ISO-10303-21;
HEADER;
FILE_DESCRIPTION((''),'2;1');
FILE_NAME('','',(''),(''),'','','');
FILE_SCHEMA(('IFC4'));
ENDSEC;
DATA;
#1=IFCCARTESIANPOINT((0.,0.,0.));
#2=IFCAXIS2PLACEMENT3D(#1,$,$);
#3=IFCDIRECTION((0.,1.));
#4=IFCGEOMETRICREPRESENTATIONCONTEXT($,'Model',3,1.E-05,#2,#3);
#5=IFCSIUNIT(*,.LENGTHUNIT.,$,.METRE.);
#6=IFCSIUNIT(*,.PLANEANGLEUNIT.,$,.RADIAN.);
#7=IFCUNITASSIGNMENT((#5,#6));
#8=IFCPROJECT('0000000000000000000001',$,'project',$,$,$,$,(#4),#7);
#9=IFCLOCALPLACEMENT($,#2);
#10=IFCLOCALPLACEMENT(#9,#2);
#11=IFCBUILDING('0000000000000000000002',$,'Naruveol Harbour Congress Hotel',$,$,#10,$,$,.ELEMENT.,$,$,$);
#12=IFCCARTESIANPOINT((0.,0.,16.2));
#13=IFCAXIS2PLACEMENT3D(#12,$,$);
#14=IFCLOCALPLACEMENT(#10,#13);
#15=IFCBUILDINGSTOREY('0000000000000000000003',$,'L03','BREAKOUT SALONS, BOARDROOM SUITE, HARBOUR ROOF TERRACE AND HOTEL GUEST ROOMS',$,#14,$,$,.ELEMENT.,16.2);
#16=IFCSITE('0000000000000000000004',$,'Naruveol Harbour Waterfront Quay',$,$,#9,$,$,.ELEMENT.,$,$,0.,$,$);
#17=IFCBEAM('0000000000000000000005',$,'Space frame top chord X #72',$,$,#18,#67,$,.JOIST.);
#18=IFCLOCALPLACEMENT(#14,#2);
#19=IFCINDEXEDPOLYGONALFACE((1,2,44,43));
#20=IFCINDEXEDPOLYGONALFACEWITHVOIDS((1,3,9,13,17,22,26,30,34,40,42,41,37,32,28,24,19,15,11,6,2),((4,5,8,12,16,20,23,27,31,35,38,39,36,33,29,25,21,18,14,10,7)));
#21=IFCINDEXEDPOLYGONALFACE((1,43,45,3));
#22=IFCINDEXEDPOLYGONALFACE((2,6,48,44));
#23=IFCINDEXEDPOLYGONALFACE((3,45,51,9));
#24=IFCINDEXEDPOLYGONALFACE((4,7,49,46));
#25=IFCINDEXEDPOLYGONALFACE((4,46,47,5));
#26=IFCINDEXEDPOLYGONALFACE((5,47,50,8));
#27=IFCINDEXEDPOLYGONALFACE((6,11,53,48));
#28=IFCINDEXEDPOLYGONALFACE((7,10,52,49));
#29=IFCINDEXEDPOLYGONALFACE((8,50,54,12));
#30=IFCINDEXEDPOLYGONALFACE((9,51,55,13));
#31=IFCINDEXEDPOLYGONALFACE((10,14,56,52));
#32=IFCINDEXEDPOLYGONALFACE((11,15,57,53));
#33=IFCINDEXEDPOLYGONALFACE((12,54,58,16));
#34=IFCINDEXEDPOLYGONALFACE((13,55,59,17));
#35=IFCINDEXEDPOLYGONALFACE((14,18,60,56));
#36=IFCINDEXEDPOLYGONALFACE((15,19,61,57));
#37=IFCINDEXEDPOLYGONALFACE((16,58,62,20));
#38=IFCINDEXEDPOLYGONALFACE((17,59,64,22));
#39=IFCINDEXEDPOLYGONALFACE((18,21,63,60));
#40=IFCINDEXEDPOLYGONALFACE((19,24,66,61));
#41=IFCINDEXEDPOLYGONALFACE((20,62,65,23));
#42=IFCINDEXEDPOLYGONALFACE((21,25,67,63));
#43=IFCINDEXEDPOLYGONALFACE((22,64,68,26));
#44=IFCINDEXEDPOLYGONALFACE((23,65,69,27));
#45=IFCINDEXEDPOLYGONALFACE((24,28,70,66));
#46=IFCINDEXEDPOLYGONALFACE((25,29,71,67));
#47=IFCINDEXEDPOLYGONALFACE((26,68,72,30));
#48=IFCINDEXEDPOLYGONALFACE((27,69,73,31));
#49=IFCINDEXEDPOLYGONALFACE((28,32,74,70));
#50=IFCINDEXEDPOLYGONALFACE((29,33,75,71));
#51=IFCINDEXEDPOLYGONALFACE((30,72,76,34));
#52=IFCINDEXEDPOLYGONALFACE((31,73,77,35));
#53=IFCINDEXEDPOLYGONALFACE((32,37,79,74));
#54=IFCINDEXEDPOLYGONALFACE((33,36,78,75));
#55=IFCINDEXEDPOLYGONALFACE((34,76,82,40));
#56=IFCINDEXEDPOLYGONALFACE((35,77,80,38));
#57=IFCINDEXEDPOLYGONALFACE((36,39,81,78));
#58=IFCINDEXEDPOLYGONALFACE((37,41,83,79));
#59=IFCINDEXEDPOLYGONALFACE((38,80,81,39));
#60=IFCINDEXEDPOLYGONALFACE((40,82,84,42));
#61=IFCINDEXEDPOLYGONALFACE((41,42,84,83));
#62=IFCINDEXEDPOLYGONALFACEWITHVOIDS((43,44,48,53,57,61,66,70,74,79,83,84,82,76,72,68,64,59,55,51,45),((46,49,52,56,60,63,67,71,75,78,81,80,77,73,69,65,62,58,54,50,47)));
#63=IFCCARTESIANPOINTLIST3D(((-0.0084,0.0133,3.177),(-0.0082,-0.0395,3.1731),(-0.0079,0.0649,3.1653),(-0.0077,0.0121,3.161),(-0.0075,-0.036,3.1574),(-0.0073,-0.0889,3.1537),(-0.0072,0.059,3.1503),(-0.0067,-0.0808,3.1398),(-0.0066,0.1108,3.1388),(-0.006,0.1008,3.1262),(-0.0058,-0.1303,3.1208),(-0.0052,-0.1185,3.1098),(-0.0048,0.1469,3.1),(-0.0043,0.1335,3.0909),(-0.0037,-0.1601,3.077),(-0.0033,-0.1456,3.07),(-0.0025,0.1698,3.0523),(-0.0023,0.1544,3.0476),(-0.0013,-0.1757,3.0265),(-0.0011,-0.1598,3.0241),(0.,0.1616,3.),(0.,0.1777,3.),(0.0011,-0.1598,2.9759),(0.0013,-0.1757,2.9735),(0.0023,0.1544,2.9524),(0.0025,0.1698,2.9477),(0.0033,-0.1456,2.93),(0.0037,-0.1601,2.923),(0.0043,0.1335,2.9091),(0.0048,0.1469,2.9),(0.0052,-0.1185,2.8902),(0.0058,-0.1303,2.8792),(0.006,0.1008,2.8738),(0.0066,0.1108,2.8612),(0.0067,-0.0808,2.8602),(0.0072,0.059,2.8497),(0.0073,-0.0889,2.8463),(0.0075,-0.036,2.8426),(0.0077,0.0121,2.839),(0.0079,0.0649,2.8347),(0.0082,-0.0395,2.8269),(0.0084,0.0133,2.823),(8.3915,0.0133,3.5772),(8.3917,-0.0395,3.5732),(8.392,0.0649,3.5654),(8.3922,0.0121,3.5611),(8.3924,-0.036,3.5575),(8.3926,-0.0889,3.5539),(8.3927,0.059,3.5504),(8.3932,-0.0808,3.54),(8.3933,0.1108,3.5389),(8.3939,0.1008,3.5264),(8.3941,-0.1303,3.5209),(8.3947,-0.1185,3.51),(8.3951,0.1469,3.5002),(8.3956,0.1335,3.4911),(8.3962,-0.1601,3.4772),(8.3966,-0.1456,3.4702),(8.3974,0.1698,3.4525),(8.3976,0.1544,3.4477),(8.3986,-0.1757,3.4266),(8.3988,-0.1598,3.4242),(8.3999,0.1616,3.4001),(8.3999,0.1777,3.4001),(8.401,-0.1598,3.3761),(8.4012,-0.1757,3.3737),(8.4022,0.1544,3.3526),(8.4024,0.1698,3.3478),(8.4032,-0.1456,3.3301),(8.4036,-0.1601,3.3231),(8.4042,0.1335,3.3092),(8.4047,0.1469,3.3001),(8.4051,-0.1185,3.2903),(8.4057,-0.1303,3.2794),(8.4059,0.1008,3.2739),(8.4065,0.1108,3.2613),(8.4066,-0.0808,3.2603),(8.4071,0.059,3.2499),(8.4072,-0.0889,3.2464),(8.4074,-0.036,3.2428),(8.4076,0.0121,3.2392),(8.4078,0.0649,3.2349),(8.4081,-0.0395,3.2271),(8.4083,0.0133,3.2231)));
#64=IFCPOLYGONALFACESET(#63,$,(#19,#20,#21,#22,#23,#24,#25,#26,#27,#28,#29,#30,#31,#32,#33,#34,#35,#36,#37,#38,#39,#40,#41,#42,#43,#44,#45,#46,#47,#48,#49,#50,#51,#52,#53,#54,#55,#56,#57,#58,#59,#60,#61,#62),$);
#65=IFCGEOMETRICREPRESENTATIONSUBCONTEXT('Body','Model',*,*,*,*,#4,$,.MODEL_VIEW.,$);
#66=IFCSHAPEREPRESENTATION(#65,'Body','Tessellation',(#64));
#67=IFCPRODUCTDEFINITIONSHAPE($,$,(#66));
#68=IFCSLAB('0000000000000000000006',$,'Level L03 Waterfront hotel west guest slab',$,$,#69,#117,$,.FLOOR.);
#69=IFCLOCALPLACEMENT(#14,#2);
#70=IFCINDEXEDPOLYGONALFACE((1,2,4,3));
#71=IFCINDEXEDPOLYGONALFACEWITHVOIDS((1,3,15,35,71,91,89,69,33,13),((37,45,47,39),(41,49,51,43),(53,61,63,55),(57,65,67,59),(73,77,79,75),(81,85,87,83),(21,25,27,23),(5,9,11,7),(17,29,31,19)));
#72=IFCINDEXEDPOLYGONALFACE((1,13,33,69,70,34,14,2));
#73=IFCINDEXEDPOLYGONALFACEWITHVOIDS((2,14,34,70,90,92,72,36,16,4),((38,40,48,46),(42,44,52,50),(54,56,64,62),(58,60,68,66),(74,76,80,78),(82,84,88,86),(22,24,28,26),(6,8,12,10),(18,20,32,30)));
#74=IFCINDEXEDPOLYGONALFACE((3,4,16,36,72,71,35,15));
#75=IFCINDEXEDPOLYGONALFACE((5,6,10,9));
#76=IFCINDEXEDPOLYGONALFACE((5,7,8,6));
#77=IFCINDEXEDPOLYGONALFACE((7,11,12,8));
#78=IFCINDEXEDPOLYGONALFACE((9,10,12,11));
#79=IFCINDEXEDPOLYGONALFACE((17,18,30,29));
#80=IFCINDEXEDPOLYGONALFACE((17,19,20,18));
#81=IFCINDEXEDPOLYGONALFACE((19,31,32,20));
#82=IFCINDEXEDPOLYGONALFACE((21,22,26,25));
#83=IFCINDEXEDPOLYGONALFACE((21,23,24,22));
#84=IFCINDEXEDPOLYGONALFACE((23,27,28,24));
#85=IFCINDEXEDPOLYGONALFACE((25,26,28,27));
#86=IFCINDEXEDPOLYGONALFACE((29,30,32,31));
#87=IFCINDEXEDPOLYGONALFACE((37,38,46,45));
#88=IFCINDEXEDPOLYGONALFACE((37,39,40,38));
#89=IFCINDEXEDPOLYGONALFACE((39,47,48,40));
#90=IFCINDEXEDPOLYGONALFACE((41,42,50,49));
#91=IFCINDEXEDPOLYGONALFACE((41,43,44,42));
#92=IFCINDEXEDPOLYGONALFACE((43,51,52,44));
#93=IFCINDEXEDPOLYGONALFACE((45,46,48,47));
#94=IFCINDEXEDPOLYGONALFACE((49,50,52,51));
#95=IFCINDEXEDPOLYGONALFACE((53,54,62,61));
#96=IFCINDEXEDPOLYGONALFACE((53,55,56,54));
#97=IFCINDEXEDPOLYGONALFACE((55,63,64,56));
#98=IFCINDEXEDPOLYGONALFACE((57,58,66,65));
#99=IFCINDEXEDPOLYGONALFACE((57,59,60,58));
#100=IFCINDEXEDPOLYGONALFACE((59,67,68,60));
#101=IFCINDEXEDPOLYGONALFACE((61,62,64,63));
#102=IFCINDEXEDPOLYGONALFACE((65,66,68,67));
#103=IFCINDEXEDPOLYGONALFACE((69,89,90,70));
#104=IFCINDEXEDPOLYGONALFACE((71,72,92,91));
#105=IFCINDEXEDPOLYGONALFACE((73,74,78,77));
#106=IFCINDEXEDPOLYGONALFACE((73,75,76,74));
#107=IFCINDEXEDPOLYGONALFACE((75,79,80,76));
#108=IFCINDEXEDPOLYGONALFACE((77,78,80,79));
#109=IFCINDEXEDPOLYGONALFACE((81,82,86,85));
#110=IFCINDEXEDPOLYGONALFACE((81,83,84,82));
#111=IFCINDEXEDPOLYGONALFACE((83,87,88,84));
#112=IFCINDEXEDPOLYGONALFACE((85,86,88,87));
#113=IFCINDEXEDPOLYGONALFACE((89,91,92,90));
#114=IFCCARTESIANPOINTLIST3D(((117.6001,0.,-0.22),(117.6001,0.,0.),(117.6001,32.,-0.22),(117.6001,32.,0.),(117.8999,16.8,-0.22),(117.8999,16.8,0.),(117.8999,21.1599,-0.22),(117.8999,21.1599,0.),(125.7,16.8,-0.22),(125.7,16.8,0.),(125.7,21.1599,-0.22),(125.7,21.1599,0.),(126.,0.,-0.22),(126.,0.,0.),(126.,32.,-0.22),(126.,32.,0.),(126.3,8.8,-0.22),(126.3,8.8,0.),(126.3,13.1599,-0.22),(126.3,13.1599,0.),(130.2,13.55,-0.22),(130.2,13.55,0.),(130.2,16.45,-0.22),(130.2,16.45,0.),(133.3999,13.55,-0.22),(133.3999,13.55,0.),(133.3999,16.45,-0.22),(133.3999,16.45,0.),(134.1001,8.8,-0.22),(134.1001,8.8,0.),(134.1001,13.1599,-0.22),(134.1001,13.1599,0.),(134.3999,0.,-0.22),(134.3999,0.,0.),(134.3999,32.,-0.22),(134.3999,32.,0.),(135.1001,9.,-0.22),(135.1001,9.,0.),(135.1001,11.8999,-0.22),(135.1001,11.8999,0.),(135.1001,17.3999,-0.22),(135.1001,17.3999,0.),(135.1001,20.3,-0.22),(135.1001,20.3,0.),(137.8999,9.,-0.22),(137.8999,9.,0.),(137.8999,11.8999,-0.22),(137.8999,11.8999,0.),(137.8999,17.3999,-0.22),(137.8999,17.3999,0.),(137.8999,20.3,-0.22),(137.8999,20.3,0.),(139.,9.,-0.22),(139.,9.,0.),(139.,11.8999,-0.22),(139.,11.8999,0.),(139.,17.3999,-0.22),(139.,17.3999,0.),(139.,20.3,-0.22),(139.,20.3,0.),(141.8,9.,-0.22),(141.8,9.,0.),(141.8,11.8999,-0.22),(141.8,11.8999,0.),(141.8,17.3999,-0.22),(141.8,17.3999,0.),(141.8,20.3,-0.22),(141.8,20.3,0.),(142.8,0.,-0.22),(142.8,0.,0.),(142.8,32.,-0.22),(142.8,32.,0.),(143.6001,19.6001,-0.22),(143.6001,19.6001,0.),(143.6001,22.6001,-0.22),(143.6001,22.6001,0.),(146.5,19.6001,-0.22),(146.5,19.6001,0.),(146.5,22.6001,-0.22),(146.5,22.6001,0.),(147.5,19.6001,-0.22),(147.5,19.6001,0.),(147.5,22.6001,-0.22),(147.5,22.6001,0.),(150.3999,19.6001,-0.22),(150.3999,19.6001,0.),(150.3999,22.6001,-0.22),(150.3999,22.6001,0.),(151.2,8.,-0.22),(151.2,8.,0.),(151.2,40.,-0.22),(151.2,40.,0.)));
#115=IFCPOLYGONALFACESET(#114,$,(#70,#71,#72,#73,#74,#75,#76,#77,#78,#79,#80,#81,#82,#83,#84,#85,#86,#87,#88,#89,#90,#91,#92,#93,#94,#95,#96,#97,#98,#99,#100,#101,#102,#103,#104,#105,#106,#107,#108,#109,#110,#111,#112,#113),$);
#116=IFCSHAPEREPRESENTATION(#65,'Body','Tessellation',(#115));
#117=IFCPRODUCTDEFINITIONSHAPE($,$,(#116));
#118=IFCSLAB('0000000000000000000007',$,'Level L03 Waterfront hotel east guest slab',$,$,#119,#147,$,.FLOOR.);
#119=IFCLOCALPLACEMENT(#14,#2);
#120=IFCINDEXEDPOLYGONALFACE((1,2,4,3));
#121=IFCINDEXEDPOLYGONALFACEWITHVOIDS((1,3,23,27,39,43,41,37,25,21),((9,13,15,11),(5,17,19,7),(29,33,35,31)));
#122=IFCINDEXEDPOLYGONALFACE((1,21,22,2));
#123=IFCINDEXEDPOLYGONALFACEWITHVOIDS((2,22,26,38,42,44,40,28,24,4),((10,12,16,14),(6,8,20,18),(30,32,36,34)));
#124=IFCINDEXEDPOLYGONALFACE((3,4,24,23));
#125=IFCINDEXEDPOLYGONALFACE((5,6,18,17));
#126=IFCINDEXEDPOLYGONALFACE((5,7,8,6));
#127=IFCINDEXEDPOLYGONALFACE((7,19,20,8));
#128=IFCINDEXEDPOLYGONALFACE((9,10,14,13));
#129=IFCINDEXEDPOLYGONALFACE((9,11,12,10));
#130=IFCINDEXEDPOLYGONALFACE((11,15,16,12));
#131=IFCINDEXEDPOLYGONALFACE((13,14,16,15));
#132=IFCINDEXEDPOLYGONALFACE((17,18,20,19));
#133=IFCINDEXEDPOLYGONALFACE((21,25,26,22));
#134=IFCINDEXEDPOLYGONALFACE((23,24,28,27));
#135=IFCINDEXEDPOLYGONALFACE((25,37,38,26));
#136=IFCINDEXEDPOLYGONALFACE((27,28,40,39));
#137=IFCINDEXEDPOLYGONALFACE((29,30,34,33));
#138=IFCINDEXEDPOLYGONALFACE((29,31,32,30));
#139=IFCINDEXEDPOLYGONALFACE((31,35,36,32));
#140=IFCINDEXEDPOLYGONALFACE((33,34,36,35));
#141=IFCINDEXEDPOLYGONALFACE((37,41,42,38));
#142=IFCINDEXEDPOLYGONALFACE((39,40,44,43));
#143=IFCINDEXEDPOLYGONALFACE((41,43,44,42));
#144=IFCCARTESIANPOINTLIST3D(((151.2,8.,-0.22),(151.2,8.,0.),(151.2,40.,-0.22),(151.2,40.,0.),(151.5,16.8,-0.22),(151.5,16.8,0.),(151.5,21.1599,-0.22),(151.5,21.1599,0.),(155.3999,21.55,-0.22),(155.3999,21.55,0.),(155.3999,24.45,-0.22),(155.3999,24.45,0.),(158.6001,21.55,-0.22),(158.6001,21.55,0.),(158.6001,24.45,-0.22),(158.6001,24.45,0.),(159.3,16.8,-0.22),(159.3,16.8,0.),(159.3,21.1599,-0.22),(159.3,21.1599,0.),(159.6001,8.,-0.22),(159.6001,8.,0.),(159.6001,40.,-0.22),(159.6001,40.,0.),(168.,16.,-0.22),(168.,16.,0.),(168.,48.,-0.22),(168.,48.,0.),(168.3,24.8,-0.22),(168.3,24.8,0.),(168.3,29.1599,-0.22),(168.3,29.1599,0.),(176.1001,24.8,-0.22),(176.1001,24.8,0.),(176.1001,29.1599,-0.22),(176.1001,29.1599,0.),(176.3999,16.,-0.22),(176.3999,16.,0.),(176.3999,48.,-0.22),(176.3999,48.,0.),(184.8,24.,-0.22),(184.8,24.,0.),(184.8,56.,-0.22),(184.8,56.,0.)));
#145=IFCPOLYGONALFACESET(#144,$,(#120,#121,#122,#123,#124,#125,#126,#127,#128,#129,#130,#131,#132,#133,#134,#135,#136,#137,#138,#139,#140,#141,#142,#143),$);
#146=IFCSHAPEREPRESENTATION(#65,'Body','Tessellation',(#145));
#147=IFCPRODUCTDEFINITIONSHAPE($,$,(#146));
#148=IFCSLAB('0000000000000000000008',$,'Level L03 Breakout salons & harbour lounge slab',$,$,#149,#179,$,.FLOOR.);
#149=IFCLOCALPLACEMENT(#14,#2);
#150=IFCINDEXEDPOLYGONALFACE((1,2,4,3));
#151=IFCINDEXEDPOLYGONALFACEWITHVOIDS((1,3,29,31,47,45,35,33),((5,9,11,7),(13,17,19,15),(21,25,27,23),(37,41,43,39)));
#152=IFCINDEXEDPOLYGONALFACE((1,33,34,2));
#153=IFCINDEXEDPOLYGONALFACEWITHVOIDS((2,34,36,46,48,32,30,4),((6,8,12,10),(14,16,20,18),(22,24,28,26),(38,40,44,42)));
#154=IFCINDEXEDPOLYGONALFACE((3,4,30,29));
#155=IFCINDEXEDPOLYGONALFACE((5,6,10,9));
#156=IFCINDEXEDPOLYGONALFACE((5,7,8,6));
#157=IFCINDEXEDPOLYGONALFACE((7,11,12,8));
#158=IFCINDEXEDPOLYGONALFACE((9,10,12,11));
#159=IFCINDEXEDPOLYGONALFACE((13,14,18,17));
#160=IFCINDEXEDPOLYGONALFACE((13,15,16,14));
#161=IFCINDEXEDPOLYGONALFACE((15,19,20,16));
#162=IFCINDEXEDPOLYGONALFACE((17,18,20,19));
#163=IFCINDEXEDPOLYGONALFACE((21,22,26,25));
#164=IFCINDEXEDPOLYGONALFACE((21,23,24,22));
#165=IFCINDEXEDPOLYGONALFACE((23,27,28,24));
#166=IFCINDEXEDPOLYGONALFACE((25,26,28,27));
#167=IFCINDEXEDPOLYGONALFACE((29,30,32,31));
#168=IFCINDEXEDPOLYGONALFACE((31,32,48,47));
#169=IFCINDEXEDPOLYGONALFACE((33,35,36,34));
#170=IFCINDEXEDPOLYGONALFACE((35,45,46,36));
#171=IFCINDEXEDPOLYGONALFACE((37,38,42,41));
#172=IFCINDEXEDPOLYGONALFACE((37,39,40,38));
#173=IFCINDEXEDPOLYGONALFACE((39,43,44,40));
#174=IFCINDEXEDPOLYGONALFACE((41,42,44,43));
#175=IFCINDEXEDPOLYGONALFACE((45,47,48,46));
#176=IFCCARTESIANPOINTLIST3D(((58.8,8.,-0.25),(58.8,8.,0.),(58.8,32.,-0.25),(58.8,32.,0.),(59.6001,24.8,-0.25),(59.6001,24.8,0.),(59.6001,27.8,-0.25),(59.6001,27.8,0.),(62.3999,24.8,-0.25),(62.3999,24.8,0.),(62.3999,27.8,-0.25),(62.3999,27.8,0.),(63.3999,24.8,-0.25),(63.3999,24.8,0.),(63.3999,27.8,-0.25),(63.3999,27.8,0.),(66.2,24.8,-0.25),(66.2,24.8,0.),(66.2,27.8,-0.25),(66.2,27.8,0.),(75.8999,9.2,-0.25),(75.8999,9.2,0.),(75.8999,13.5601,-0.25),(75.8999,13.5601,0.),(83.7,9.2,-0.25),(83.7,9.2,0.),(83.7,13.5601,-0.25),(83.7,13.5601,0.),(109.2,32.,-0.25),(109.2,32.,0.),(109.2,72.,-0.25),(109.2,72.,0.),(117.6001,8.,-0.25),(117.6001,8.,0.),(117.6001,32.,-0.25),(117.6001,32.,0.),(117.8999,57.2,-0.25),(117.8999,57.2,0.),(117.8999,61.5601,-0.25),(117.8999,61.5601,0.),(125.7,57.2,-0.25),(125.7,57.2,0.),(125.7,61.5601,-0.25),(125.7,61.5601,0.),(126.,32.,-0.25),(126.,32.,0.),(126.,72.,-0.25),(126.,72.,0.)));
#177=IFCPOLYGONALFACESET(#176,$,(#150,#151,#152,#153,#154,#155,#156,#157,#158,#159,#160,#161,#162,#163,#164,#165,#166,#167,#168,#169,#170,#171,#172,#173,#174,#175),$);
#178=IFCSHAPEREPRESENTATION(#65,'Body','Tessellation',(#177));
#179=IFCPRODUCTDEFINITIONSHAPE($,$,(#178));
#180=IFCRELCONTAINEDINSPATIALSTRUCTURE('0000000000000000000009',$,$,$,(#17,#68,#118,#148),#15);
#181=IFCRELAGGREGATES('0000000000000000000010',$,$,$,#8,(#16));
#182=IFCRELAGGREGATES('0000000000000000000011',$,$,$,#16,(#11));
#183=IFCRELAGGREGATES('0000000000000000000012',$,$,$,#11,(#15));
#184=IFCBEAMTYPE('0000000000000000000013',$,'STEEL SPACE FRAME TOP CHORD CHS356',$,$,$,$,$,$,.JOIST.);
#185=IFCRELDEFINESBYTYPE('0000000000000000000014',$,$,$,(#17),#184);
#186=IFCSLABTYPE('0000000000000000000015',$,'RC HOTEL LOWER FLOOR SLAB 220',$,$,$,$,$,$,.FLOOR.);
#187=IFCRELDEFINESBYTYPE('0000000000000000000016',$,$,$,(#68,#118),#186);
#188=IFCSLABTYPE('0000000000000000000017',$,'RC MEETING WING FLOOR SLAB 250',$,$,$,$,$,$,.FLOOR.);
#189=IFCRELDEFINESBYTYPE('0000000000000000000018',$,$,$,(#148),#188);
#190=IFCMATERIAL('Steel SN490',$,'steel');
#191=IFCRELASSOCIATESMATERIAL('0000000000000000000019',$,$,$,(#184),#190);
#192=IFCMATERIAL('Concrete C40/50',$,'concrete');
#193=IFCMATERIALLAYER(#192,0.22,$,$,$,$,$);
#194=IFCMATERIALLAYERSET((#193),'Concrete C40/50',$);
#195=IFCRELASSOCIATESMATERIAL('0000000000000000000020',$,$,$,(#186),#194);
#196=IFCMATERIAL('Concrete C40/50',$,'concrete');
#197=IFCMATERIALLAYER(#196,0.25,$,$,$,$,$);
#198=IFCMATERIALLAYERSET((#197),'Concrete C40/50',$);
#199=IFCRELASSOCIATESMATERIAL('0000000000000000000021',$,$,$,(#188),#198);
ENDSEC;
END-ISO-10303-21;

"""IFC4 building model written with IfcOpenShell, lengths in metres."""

from ifc_helpers import new_model, si_unit, direction, frame, origin, origin_2d, place, context, subcontext, project, spatial, polyline, hollow_circle, outline, extrude, material, layer, layer_set, material_profile, profile_set, type_object, element, save


model = new_model("IFC4")

# Units and contexts
model_context = context("Model", 3, precision=1e-05, world=origin(), true_north=direction((0.0, 1.0)))
body_context = subcontext(model_context, "Body", "Model", "MODEL_VIEW")
ifc_project = project(units=[si_unit("LENGTHUNIT", "METRE"), si_unit("PLANEANGLEUNIT", "RADIAN")], contexts=[model_context])

# Site, building, storey
site_placement = place(None, origin())
site = spatial("IfcSite", under=ifc_project, at=site_placement, Name="Naruveol Harbour Waterfront Quay", CompositionType="ELEMENT", RefElevation=0.0)
building_placement = place(site_placement, origin())
building = spatial("IfcBuilding", under=site, at=building_placement, Name="Naruveol Harbour Congress Hotel", CompositionType="ELEMENT")
storey_placement = place(building_placement, frame((0.0, 0.0, 16.2)))
storey = spatial("IfcBuildingStorey", under=building, at=storey_placement, Name="L03", Description="BREAKOUT SALONS, BOARDROOM SUITE, HARBOUR ROOF TERRACE AND HOTEL GUEST ROOMS", CompositionType="ELEMENT", Elevation=16.2)

# Beam
ifc_material_1 = material(Name="Steel SN490", Category="steel")
ifc_material_profile_1 = material_profile(ifc_material_1, hollow_circle(Radius=0.1777, WallThickness=0.0161, at=origin_2d()), Name="CHS-355.6x16")
ifc_profile_set_1 = profile_set([ifc_material_profile_1], Name="Steel SN490")
beam_type = type_object("IfcBeamType", Name="STEEL SPACE FRAME TOP CHORD CHS356", PredefinedType="JOIST", material=ifc_profile_set_1)
beam_placement = place(storey_placement, frame((0.0, 0.0, 3.0), z_axis=(0.998867, 0.0, 0.047583), x_axis=(0.0, 1.0, 0.0)))
element("IfcBeam", 1, at=beam_placement, inside=storey, type_object=beam_type, Name="Space frame top chord X #72", PredefinedType="JOIST", context=body_context, shape_type="SweptSolid", body=[
    extrude(hollow_circle(Radius=0.1777, WallThickness=0.0161, at=origin_2d()), origin(), (0.0, 0.0, 1.0), 8.4094),
])

# Slabs
ifc_material_2 = material(Name="Concrete C40/50", Category="concrete")
ifc_layer_1 = layer(ifc_material_2, 0.22)
ifc_layer_set_1 = layer_set([ifc_layer_1], Name="Concrete C40/50")
slab_type_1 = type_object("IfcSlabType", Name="RC HOTEL LOWER FLOOR SLAB 220", PredefinedType="FLOOR", material=ifc_layer_set_1)
slab_1_placement = place(storey_placement, frame((0.0, 0.0, -0.22)))
element("IfcSlab", 2, at=slab_1_placement, inside=storey, type_object=slab_type_1, Name="Level L03 Waterfront hotel west guest slab", PredefinedType="FLOOR", context=body_context, shape_type="SweptSolid", body=[
    extrude(outline(polyline([(117.6001, 0.0), (126.0, 0.0), (134.3999, 0.0), (142.8, 0.0), (151.2, 8.0), (151.2, 40.0), (142.8, 32.0), (134.3999, 32.0), (126.0, 32.0), (117.6001, 32.0), (117.6001, 0.0)]), holes=[polyline([(126.3, 8.8), (134.1001, 8.8), (134.1001, 13.1599), (126.3, 13.1599), (126.3, 8.8)]), polyline([(117.8999, 16.8), (125.7, 16.8), (125.7, 21.1599), (117.8999, 21.1599), (117.8999, 16.8)]), polyline([(135.1001, 17.3999), (137.8999, 17.3999), (137.8999, 20.3), (135.1001, 20.3), (135.1001, 17.3999)]), polyline([(139.0, 17.3999), (141.8, 17.3999), (141.8, 20.3), (139.0, 20.3), (139.0, 17.3999)]), polyline([(135.1001, 9.0), (137.8999, 9.0), (137.8999, 11.8999), (135.1001, 11.8999), (135.1001, 9.0)]), polyline([(139.0, 9.0), (141.8, 9.0), (141.8, 11.8999), (139.0, 11.8999), (139.0, 9.0)]), polyline([(130.2, 13.55), (133.3999, 13.55), (133.3999, 16.45), (130.2, 16.45), (130.2, 13.55)]), polyline([(143.6001, 19.6001), (146.5, 19.6001), (146.5, 22.6001), (143.6001, 22.6001), (143.6001, 19.6001)]), polyline([(147.5, 19.6001), (150.3999, 19.6001), (150.3999, 22.6001), (147.5, 22.6001), (147.5, 19.6001)])]), origin(), (0.0, 0.0, 1.0), 0.22),
])
slab_2_placement = place(storey_placement, frame((0.0, 0.0, -0.22)))
element("IfcSlab", 3, at=slab_2_placement, inside=storey, type_object=slab_type_1, Name="Level L03 Waterfront hotel east guest slab", PredefinedType="FLOOR", context=body_context, shape_type="SweptSolid", body=[
    extrude(outline(polyline([(151.2, 8.0), (159.6001, 8.0), (168.0, 16.0), (176.3999, 16.0), (184.8, 24.0), (184.8, 56.0), (176.3999, 48.0), (168.0, 48.0), (159.6001, 40.0), (151.2, 40.0), (151.2, 8.0)]), holes=[polyline([(151.5, 16.8), (159.3, 16.8), (159.3, 21.1599), (151.5, 21.1599), (151.5, 16.8)]), polyline([(168.3, 24.8), (176.1001, 24.8), (176.1001, 29.1599), (168.3, 29.1599), (168.3, 24.8)]), polyline([(155.3999, 21.55), (158.6001, 21.55), (158.6001, 24.45), (155.3999, 24.45), (155.3999, 21.55)])]), origin(), (0.0, 0.0, 1.0), 0.22),
])
ifc_material_3 = material(Name="Concrete C40/50", Category="concrete")
ifc_layer_2 = layer(ifc_material_3, 0.25)
ifc_layer_set_2 = layer_set([ifc_layer_2], Name="Concrete C40/50")
slab_type_2 = type_object("IfcSlabType", Name="RC MEETING WING FLOOR SLAB 250", PredefinedType="FLOOR", material=ifc_layer_set_2)
slab_3_placement = place(storey_placement, frame((0.0, 0.0, -0.25)))
element("IfcSlab", 4, at=slab_3_placement, inside=storey, type_object=slab_type_2, Name="Level L03 Breakout salons & harbour lounge slab", PredefinedType="FLOOR", context=body_context, shape_type="SweptSolid", body=[
    extrude(outline(polyline([(58.8, 8.0), (117.6001, 8.0), (117.6001, 32.0), (126.0, 32.0), (126.0, 72.0), (109.2, 72.0), (109.2, 32.0), (58.8, 32.0), (58.8, 8.0)]), holes=[polyline([(117.8999, 57.2), (125.7, 57.2), (125.7, 61.5601), (117.8999, 61.5601), (117.8999, 57.2)]), polyline([(75.8999, 9.2), (83.7, 9.2), (83.7, 13.5601), (75.8999, 13.5601), (75.8999, 9.2)]), polyline([(59.6001, 24.8), (62.3999, 24.8), (62.3999, 27.8), (59.6001, 27.8), (59.6001, 24.8)]), polyline([(63.3999, 24.8), (66.2, 24.8), (66.2, 27.8), (63.3999, 27.8), (63.3999, 24.8)])]), origin(), (0.0, 0.0, 1.0), 0.25),
])

save(model, "model.ifc")
